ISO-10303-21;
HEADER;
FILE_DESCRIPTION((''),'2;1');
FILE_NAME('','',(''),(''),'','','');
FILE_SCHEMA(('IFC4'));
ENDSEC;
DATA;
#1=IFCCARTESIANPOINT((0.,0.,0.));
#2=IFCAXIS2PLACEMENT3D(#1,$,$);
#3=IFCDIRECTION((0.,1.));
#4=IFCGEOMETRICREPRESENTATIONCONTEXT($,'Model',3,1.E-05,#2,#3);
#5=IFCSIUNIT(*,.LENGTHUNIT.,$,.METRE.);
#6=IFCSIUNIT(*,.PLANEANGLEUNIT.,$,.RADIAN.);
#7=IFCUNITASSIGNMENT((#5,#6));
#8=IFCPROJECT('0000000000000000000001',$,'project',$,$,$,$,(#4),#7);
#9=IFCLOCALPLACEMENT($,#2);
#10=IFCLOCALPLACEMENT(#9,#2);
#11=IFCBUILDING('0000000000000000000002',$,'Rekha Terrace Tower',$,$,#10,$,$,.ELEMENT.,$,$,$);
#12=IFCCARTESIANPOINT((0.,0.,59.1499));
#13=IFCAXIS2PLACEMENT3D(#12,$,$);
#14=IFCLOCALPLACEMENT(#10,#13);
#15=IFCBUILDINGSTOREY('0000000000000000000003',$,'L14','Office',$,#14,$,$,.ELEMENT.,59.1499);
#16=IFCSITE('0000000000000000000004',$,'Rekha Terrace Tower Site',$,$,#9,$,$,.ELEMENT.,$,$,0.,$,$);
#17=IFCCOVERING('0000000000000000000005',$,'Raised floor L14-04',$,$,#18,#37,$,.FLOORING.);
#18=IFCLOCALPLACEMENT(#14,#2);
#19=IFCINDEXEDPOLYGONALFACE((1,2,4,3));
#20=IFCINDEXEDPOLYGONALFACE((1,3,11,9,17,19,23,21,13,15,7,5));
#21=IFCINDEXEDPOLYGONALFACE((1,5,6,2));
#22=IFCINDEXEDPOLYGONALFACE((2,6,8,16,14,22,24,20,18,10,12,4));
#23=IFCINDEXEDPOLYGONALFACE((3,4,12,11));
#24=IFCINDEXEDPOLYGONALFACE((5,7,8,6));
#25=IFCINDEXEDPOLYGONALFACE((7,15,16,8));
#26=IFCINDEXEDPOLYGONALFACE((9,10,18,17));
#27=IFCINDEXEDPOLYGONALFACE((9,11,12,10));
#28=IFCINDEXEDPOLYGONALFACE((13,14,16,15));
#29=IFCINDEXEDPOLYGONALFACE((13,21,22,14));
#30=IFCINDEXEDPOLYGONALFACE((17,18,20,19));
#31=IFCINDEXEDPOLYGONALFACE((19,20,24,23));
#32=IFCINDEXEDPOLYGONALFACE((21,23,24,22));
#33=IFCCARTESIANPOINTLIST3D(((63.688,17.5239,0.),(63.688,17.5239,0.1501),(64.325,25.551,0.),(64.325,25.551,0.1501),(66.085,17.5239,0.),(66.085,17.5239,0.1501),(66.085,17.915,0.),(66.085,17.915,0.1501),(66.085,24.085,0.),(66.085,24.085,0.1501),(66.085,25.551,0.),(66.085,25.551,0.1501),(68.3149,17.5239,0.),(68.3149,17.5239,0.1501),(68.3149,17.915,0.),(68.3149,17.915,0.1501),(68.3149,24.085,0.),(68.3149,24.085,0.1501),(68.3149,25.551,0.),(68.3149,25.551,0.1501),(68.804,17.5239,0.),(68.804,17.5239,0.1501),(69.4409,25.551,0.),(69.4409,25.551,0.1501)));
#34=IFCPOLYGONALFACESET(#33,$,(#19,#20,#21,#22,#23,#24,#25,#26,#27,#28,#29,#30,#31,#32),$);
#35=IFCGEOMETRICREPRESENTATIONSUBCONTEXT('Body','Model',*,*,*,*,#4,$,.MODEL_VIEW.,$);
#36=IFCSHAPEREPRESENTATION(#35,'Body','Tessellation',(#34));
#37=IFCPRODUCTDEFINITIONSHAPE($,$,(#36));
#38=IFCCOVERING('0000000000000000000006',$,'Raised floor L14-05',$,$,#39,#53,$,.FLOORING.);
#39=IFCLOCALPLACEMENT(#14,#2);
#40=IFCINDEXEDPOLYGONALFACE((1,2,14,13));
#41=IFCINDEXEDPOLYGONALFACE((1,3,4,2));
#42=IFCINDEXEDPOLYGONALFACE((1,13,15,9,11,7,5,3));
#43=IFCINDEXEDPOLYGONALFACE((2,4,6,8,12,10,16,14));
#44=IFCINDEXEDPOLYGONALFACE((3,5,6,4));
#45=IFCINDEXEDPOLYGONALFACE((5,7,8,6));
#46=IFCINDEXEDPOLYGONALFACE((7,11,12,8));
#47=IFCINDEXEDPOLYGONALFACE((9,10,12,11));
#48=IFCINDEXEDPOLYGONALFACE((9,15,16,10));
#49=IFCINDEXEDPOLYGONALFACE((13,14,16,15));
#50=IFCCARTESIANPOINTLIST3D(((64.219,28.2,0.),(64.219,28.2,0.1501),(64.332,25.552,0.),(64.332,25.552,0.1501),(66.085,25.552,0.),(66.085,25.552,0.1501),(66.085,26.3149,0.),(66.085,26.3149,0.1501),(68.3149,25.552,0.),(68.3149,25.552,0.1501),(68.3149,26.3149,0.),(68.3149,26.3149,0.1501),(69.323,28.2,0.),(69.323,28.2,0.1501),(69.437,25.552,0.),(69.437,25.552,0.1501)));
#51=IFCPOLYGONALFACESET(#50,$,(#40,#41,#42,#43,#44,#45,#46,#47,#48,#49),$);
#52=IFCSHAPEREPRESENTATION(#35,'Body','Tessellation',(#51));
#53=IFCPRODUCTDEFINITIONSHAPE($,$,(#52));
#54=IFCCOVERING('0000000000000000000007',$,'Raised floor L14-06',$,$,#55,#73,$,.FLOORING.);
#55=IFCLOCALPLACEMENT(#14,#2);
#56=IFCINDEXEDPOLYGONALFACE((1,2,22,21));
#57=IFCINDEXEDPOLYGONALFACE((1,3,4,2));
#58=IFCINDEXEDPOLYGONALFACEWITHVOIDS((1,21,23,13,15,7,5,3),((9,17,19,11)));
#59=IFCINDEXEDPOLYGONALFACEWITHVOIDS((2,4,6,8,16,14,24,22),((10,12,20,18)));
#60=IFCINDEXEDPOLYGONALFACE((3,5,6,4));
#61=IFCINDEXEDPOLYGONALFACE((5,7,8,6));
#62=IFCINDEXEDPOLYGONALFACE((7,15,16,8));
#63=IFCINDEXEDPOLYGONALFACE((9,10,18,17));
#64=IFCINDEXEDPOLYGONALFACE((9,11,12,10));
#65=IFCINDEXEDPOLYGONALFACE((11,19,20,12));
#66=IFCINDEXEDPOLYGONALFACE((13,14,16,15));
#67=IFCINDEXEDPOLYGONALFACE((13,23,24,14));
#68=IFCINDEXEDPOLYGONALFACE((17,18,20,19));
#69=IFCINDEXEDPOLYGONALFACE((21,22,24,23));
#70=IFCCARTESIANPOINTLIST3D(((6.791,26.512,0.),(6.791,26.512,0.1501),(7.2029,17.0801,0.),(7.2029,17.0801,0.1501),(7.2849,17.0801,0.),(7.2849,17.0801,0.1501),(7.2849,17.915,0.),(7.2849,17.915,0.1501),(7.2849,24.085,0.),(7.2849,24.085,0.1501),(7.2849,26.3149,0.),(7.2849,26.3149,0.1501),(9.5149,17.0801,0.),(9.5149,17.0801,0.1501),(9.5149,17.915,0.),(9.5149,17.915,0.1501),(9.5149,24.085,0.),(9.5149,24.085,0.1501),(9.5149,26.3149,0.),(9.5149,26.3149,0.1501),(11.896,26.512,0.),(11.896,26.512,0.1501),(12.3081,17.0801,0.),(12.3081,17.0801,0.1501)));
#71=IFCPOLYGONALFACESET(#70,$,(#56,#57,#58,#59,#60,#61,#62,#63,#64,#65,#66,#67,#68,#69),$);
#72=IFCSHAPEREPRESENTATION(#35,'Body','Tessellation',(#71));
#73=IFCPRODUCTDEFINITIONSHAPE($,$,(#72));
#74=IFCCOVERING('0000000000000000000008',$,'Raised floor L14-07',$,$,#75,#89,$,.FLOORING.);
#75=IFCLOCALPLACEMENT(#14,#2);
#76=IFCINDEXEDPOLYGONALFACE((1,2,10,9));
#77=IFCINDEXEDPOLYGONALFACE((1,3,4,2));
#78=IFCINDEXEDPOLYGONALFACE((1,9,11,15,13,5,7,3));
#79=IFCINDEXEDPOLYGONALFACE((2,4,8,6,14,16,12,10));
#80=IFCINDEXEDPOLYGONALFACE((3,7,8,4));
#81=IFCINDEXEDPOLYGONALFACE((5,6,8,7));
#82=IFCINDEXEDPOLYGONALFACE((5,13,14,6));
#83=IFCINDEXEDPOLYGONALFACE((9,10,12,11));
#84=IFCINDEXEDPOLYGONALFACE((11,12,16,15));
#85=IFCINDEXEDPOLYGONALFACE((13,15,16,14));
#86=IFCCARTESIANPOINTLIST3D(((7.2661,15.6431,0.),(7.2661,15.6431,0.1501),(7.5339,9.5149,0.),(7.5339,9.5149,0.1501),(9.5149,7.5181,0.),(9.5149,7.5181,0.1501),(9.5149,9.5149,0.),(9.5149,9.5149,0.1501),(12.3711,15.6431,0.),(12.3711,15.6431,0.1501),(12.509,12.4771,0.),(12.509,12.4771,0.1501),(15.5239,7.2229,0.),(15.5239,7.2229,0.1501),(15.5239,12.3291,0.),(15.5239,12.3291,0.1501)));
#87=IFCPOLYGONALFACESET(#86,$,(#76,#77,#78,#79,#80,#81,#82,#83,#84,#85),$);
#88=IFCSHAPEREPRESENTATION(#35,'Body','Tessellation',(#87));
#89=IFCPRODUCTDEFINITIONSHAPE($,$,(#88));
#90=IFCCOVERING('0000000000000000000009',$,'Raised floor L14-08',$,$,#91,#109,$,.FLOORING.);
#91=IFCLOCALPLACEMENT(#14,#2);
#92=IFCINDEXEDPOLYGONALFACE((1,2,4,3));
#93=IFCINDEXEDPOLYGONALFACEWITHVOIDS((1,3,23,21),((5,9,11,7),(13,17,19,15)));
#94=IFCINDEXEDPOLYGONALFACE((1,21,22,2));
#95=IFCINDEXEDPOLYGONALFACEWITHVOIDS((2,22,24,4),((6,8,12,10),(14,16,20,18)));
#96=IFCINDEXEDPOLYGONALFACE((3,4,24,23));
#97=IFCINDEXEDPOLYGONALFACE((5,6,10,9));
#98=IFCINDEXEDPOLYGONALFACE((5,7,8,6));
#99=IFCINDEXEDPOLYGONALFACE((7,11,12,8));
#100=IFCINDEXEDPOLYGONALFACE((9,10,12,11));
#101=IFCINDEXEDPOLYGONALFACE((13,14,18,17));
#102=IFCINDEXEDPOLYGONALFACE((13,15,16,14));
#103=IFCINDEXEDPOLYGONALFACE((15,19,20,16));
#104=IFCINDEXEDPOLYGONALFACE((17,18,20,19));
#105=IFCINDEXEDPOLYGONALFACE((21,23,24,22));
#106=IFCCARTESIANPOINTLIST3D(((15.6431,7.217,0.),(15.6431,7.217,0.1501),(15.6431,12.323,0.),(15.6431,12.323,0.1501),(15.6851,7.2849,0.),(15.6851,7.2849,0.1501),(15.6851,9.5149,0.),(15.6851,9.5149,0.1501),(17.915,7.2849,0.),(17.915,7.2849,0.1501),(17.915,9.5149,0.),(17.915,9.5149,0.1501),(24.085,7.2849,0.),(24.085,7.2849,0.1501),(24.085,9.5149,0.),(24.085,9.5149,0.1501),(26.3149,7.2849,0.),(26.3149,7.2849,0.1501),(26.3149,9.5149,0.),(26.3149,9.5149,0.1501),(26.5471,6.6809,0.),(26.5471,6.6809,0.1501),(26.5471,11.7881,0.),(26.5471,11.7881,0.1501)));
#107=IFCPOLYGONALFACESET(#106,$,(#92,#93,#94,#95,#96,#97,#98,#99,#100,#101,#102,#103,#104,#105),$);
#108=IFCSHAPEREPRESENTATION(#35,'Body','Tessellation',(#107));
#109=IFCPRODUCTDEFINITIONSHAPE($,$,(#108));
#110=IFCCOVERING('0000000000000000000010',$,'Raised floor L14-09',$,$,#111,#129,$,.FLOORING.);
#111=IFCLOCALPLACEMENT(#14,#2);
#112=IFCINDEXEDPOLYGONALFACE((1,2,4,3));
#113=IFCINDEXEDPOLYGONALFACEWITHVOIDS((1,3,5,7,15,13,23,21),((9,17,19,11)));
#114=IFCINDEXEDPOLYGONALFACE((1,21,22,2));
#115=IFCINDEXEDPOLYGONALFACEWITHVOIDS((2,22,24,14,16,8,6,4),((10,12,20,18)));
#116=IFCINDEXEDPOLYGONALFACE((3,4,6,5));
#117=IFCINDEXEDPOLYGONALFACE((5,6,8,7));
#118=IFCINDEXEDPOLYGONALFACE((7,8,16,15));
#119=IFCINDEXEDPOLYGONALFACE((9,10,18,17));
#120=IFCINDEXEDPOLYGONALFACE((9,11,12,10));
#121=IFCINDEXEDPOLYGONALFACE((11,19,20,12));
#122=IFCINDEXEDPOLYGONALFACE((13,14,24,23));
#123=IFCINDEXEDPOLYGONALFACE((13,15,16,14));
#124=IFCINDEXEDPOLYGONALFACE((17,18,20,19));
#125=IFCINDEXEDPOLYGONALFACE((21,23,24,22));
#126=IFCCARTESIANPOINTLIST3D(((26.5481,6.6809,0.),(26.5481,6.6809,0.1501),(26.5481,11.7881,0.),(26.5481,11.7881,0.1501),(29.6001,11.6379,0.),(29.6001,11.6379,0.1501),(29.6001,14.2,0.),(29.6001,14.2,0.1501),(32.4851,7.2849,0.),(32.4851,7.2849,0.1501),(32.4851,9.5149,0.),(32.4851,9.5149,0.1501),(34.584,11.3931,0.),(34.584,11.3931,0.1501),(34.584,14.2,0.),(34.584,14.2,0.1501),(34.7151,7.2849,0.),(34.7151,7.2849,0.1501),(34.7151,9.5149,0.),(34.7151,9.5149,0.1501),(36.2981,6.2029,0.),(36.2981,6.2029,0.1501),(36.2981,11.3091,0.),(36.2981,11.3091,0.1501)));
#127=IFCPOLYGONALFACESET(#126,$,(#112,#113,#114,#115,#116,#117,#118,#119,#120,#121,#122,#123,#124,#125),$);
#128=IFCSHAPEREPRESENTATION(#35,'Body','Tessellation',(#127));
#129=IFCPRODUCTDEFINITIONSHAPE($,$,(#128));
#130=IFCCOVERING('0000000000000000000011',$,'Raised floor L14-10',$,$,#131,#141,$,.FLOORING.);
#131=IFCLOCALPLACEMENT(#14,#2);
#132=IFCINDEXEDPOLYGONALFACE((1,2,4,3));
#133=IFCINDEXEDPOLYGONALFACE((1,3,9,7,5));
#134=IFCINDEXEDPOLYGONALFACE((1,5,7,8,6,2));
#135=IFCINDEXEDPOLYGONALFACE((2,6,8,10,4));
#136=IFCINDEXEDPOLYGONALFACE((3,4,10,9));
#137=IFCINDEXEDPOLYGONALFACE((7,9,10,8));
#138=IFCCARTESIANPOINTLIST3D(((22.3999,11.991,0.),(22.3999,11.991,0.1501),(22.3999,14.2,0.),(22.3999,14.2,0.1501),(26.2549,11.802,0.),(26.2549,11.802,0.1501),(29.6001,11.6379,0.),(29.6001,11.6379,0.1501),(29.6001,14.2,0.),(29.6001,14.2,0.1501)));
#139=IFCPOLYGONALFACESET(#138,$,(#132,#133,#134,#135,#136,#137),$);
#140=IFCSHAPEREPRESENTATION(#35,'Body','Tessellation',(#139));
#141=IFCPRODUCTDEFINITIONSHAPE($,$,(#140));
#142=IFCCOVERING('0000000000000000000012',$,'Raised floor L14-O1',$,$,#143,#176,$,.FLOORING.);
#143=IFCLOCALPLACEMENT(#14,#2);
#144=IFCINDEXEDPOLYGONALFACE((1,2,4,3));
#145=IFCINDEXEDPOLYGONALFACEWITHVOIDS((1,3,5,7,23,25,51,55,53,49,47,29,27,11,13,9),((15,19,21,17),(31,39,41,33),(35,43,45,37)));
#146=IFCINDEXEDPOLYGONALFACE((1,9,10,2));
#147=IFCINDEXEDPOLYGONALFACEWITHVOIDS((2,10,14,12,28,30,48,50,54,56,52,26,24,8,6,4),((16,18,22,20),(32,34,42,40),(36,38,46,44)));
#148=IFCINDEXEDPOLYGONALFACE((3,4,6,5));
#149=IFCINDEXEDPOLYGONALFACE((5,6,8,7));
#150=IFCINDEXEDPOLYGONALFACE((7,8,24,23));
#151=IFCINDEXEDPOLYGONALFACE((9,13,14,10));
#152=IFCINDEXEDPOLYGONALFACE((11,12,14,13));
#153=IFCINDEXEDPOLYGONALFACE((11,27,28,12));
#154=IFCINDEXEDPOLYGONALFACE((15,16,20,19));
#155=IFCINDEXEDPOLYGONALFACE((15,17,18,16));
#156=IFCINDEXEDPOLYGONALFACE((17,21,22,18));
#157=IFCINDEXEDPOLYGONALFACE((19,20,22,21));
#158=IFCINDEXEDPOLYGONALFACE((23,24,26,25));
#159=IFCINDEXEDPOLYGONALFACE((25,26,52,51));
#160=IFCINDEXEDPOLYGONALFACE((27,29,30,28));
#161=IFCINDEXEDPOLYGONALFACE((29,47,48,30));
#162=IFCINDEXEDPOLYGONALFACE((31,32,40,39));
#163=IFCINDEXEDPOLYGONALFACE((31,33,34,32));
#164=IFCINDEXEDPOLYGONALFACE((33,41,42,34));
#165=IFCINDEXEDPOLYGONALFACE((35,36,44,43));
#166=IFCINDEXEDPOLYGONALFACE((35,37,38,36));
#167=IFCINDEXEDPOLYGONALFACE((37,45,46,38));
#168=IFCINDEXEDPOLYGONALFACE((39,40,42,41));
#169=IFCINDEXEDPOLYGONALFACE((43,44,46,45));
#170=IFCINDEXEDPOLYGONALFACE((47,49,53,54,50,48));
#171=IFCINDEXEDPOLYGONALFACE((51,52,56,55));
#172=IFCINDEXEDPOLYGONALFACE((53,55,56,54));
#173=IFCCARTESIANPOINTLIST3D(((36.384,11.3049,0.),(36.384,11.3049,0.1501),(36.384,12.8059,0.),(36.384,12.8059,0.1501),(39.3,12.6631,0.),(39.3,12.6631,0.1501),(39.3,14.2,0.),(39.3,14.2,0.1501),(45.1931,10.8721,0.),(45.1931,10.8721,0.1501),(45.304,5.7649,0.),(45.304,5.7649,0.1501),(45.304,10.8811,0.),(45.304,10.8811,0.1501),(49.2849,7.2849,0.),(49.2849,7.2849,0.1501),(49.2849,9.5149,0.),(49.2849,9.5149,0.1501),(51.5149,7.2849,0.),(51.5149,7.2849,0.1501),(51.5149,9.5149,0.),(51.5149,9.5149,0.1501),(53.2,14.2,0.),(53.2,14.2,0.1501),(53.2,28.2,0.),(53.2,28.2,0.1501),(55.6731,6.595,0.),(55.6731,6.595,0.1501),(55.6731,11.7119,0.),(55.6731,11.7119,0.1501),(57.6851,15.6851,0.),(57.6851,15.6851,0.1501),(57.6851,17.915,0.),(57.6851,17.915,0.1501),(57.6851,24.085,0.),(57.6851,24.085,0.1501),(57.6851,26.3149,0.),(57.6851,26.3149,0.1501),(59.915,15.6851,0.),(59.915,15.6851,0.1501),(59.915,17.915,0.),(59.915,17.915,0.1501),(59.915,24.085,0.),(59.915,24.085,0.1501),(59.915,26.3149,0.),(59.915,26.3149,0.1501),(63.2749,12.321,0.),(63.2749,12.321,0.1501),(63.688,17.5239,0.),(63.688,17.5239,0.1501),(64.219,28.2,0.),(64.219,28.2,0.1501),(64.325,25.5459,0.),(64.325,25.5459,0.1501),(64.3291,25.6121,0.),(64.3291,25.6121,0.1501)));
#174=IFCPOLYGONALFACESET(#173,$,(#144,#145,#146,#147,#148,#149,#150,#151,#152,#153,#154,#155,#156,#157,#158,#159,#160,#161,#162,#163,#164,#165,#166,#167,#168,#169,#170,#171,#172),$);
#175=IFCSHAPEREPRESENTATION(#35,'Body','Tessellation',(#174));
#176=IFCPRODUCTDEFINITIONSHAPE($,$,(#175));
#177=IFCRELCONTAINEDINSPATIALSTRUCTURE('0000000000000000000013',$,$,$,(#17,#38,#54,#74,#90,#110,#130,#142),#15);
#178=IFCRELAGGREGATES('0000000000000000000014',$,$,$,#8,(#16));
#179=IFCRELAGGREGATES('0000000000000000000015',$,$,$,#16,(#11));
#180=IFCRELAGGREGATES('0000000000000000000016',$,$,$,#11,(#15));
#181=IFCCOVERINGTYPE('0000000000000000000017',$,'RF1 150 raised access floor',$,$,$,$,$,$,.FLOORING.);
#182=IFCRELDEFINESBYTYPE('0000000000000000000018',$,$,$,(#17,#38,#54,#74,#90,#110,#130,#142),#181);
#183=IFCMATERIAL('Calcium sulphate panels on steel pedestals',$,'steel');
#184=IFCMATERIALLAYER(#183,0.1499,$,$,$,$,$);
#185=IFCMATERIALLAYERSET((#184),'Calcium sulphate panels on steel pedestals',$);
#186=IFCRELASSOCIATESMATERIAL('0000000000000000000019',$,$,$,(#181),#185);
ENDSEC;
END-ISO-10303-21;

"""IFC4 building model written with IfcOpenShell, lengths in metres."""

from ifc_helpers import new_model, si_unit, direction, frame, origin, place, context, subcontext, project, spatial, polyline, outline, extrude, material, layer, layer_set, type_object, element, save


model = new_model("IFC4")

# Units and contexts
model_context = context("Model", 3, precision=1e-05, world=origin(), true_north=direction((0.0, 1.0)))
body_context = subcontext(model_context, "Body", "Model", "MODEL_VIEW")
ifc_project = project(units=[si_unit("LENGTHUNIT", "METRE"), si_unit("PLANEANGLEUNIT", "RADIAN")], contexts=[model_context])

# Site, building, storey
site_placement = place(None, origin())
site = spatial("IfcSite", under=ifc_project, at=site_placement, Name="Rekha Terrace Tower Site", CompositionType="ELEMENT", RefElevation=0.0)
building_placement = place(site_placement, origin())
building = spatial("IfcBuilding", under=site, at=building_placement, Name="Rekha Terrace Tower", CompositionType="ELEMENT")
storey_placement = place(building_placement, frame((0.0, 0.0, 59.1499)))
storey = spatial("IfcBuildingStorey", under=building, at=storey_placement, Name="L14", Description="Office", CompositionType="ELEMENT", Elevation=59.1499)

# Coverings
ifc_material_1 = material(Name="Calcium sulphate panels on steel pedestals", Category="steel")
ifc_layer_1 = layer(ifc_material_1, 0.1499)
ifc_layer_set_1 = layer_set([ifc_layer_1], Name="Calcium sulphate panels on steel pedestals")
covering_type_1 = type_object("IfcCoveringType", Name="RF1 150 raised access floor", PredefinedType="FLOORING", material=ifc_layer_set_1)
covering_1_placement = place(storey_placement, origin())
element("IfcCovering", 1, at=covering_1_placement, inside=storey, type_object=covering_type_1, Name="Raised floor L14-04", PredefinedType="FLOORING", context=body_context, shape_type="SweptSolid", body=[
    extrude(outline(polyline([(68.3149, 17.5239), (68.804, 17.5239), (69.4409, 25.551), (68.3149, 25.551), (68.3149, 24.085), (66.085, 24.085), (66.085, 25.551), (64.325, 25.551), (63.688, 17.5239), (66.085, 17.5239), (66.085, 17.915), (68.3149, 17.915), (68.3149, 17.5239)])), origin(), (0.0, 0.0, 1.0), 0.1501),
])
covering_2_placement = place(storey_placement, origin())
element("IfcCovering", 2, at=covering_2_placement, inside=storey, type_object=covering_type_1, Name="Raised floor L14-05", PredefinedType="FLOORING", context=body_context, shape_type="SweptSolid", body=[
    extrude(outline(polyline([(69.437, 25.552), (69.323, 28.2), (64.219, 28.2), (64.332, 25.552), (66.085, 25.552), (66.085, 26.3149), (68.3149, 26.3149), (68.3149, 25.552), (69.437, 25.552)])), origin(), (0.0, 0.0, 1.0), 0.1501),
])
covering_3_placement = place(storey_placement, origin())
element("IfcCovering", 3, at=covering_3_placement, inside=storey, type_object=covering_type_1, Name="Raised floor L14-06", PredefinedType="FLOORING", context=body_context, shape_type="SweptSolid", body=[
    extrude(outline(polyline([(9.5149, 17.0801), (12.3081, 17.0801), (11.896, 26.512), (6.791, 26.512), (7.2029, 17.0801), (7.2849, 17.0801), (7.2849, 17.915), (9.5149, 17.915), (9.5149, 17.0801)]), holes=[polyline([(9.5149, 24.085), (7.2849, 24.085), (7.2849, 26.3149), (9.5149, 26.3149), (9.5149, 24.085)])]), origin(), (0.0, 0.0, 1.0), 0.1501),
])
covering_4_placement = place(storey_placement, origin())
element("IfcCovering", 4, at=covering_4_placement, inside=storey, type_object=covering_type_1, Name="Raised floor L14-07", PredefinedType="FLOORING", context=body_context, shape_type="SweptSolid", body=[
    extrude(outline(polyline([(12.509, 12.4771), (12.3711, 15.6431), (7.2661, 15.6431), (7.5339, 9.5149), (9.5149, 9.5149), (9.5149, 7.5181), (15.5239, 7.2229), (15.5239, 12.3291), (12.509, 12.4771)])), origin(), (0.0, 0.0, 1.0), 0.1501),
])
covering_5_placement = place(storey_placement, origin())
element("IfcCovering", 5, at=covering_5_placement, inside=storey, type_object=covering_type_1, Name="Raised floor L14-08", PredefinedType="FLOORING", context=body_context, shape_type="SweptSolid", body=[
    extrude(outline(polyline([(26.5471, 6.6809), (26.5471, 11.7881), (15.6431, 12.323), (15.6431, 7.217), (26.5471, 6.6809)]), holes=[polyline([(26.3149, 9.5149), (26.3149, 7.2849), (24.085, 7.2849), (24.085, 9.5149), (26.3149, 9.5149)]), polyline([(17.915, 7.2849), (15.6851, 7.2849), (15.6851, 9.5149), (17.915, 9.5149), (17.915, 7.2849)])]), origin(), (0.0, 0.0, 1.0), 0.1501),
])
covering_6_placement = place(storey_placement, origin())
element("IfcCovering", 6, at=covering_6_placement, inside=storey, type_object=covering_type_1, Name="Raised floor L14-09", PredefinedType="FLOORING", context=body_context, shape_type="SweptSolid", body=[
    extrude(outline(polyline([(34.584, 14.2), (29.6001, 14.2), (29.6001, 11.6379), (26.5481, 11.7881), (26.5481, 6.6809), (36.2981, 6.2029), (36.2981, 11.3091), (34.584, 11.3931), (34.584, 14.2)]), holes=[polyline([(34.7151, 7.2849), (32.4851, 7.2849), (32.4851, 9.5149), (34.7151, 9.5149), (34.7151, 7.2849)])]), origin(), (0.0, 0.0, 1.0), 0.1501),
])
covering_7_placement = place(storey_placement, origin())
element("IfcCovering", 7, at=covering_7_placement, inside=storey, type_object=covering_type_1, Name="Raised floor L14-10", PredefinedType="FLOORING", context=body_context, shape_type="SweptSolid", body=[
    extrude(outline(polyline([(29.6001, 14.2), (22.3999, 14.2), (22.3999, 11.991), (26.2549, 11.802), (29.6001, 11.6379), (29.6001, 14.2)])), origin(), (0.0, 0.0, 1.0), 0.1501),
])
covering_8_placement = place(storey_placement, origin())
element("IfcCovering", 8, at=covering_8_placement, inside=storey, type_object=covering_type_1, Name="Raised floor L14-O1", PredefinedType="FLOORING", context=body_context, shape_type="SweptSolid", body=[
    extrude(outline(polyline([(36.384, 11.3049), (45.1931, 10.8721), (45.304, 10.8811), (45.304, 5.7649), (55.6731, 6.595), (55.6731, 11.7119), (63.2749, 12.321), (63.688, 17.5239), (64.325, 25.5459), (64.3291, 25.6121), (64.219, 28.2), (53.2, 28.2), (53.2, 14.2), (39.3, 14.2), (39.3, 12.6631), (36.384, 12.8059), (36.384, 11.3049)]), holes=[polyline([(59.915, 17.915), (59.915, 15.6851), (57.6851, 15.6851), (57.6851, 17.915), (59.915, 17.915)]), polyline([(59.915, 24.085), (57.6851, 24.085), (57.6851, 26.3149), (59.915, 26.3149), (59.915, 24.085)]), polyline([(51.5149, 7.2849), (49.2849, 7.2849), (49.2849, 9.5149), (51.5149, 9.5149), (51.5149, 7.2849)])]), origin(), (0.0, 0.0, 1.0), 0.1501),
])

save(model, "model.ifc")
